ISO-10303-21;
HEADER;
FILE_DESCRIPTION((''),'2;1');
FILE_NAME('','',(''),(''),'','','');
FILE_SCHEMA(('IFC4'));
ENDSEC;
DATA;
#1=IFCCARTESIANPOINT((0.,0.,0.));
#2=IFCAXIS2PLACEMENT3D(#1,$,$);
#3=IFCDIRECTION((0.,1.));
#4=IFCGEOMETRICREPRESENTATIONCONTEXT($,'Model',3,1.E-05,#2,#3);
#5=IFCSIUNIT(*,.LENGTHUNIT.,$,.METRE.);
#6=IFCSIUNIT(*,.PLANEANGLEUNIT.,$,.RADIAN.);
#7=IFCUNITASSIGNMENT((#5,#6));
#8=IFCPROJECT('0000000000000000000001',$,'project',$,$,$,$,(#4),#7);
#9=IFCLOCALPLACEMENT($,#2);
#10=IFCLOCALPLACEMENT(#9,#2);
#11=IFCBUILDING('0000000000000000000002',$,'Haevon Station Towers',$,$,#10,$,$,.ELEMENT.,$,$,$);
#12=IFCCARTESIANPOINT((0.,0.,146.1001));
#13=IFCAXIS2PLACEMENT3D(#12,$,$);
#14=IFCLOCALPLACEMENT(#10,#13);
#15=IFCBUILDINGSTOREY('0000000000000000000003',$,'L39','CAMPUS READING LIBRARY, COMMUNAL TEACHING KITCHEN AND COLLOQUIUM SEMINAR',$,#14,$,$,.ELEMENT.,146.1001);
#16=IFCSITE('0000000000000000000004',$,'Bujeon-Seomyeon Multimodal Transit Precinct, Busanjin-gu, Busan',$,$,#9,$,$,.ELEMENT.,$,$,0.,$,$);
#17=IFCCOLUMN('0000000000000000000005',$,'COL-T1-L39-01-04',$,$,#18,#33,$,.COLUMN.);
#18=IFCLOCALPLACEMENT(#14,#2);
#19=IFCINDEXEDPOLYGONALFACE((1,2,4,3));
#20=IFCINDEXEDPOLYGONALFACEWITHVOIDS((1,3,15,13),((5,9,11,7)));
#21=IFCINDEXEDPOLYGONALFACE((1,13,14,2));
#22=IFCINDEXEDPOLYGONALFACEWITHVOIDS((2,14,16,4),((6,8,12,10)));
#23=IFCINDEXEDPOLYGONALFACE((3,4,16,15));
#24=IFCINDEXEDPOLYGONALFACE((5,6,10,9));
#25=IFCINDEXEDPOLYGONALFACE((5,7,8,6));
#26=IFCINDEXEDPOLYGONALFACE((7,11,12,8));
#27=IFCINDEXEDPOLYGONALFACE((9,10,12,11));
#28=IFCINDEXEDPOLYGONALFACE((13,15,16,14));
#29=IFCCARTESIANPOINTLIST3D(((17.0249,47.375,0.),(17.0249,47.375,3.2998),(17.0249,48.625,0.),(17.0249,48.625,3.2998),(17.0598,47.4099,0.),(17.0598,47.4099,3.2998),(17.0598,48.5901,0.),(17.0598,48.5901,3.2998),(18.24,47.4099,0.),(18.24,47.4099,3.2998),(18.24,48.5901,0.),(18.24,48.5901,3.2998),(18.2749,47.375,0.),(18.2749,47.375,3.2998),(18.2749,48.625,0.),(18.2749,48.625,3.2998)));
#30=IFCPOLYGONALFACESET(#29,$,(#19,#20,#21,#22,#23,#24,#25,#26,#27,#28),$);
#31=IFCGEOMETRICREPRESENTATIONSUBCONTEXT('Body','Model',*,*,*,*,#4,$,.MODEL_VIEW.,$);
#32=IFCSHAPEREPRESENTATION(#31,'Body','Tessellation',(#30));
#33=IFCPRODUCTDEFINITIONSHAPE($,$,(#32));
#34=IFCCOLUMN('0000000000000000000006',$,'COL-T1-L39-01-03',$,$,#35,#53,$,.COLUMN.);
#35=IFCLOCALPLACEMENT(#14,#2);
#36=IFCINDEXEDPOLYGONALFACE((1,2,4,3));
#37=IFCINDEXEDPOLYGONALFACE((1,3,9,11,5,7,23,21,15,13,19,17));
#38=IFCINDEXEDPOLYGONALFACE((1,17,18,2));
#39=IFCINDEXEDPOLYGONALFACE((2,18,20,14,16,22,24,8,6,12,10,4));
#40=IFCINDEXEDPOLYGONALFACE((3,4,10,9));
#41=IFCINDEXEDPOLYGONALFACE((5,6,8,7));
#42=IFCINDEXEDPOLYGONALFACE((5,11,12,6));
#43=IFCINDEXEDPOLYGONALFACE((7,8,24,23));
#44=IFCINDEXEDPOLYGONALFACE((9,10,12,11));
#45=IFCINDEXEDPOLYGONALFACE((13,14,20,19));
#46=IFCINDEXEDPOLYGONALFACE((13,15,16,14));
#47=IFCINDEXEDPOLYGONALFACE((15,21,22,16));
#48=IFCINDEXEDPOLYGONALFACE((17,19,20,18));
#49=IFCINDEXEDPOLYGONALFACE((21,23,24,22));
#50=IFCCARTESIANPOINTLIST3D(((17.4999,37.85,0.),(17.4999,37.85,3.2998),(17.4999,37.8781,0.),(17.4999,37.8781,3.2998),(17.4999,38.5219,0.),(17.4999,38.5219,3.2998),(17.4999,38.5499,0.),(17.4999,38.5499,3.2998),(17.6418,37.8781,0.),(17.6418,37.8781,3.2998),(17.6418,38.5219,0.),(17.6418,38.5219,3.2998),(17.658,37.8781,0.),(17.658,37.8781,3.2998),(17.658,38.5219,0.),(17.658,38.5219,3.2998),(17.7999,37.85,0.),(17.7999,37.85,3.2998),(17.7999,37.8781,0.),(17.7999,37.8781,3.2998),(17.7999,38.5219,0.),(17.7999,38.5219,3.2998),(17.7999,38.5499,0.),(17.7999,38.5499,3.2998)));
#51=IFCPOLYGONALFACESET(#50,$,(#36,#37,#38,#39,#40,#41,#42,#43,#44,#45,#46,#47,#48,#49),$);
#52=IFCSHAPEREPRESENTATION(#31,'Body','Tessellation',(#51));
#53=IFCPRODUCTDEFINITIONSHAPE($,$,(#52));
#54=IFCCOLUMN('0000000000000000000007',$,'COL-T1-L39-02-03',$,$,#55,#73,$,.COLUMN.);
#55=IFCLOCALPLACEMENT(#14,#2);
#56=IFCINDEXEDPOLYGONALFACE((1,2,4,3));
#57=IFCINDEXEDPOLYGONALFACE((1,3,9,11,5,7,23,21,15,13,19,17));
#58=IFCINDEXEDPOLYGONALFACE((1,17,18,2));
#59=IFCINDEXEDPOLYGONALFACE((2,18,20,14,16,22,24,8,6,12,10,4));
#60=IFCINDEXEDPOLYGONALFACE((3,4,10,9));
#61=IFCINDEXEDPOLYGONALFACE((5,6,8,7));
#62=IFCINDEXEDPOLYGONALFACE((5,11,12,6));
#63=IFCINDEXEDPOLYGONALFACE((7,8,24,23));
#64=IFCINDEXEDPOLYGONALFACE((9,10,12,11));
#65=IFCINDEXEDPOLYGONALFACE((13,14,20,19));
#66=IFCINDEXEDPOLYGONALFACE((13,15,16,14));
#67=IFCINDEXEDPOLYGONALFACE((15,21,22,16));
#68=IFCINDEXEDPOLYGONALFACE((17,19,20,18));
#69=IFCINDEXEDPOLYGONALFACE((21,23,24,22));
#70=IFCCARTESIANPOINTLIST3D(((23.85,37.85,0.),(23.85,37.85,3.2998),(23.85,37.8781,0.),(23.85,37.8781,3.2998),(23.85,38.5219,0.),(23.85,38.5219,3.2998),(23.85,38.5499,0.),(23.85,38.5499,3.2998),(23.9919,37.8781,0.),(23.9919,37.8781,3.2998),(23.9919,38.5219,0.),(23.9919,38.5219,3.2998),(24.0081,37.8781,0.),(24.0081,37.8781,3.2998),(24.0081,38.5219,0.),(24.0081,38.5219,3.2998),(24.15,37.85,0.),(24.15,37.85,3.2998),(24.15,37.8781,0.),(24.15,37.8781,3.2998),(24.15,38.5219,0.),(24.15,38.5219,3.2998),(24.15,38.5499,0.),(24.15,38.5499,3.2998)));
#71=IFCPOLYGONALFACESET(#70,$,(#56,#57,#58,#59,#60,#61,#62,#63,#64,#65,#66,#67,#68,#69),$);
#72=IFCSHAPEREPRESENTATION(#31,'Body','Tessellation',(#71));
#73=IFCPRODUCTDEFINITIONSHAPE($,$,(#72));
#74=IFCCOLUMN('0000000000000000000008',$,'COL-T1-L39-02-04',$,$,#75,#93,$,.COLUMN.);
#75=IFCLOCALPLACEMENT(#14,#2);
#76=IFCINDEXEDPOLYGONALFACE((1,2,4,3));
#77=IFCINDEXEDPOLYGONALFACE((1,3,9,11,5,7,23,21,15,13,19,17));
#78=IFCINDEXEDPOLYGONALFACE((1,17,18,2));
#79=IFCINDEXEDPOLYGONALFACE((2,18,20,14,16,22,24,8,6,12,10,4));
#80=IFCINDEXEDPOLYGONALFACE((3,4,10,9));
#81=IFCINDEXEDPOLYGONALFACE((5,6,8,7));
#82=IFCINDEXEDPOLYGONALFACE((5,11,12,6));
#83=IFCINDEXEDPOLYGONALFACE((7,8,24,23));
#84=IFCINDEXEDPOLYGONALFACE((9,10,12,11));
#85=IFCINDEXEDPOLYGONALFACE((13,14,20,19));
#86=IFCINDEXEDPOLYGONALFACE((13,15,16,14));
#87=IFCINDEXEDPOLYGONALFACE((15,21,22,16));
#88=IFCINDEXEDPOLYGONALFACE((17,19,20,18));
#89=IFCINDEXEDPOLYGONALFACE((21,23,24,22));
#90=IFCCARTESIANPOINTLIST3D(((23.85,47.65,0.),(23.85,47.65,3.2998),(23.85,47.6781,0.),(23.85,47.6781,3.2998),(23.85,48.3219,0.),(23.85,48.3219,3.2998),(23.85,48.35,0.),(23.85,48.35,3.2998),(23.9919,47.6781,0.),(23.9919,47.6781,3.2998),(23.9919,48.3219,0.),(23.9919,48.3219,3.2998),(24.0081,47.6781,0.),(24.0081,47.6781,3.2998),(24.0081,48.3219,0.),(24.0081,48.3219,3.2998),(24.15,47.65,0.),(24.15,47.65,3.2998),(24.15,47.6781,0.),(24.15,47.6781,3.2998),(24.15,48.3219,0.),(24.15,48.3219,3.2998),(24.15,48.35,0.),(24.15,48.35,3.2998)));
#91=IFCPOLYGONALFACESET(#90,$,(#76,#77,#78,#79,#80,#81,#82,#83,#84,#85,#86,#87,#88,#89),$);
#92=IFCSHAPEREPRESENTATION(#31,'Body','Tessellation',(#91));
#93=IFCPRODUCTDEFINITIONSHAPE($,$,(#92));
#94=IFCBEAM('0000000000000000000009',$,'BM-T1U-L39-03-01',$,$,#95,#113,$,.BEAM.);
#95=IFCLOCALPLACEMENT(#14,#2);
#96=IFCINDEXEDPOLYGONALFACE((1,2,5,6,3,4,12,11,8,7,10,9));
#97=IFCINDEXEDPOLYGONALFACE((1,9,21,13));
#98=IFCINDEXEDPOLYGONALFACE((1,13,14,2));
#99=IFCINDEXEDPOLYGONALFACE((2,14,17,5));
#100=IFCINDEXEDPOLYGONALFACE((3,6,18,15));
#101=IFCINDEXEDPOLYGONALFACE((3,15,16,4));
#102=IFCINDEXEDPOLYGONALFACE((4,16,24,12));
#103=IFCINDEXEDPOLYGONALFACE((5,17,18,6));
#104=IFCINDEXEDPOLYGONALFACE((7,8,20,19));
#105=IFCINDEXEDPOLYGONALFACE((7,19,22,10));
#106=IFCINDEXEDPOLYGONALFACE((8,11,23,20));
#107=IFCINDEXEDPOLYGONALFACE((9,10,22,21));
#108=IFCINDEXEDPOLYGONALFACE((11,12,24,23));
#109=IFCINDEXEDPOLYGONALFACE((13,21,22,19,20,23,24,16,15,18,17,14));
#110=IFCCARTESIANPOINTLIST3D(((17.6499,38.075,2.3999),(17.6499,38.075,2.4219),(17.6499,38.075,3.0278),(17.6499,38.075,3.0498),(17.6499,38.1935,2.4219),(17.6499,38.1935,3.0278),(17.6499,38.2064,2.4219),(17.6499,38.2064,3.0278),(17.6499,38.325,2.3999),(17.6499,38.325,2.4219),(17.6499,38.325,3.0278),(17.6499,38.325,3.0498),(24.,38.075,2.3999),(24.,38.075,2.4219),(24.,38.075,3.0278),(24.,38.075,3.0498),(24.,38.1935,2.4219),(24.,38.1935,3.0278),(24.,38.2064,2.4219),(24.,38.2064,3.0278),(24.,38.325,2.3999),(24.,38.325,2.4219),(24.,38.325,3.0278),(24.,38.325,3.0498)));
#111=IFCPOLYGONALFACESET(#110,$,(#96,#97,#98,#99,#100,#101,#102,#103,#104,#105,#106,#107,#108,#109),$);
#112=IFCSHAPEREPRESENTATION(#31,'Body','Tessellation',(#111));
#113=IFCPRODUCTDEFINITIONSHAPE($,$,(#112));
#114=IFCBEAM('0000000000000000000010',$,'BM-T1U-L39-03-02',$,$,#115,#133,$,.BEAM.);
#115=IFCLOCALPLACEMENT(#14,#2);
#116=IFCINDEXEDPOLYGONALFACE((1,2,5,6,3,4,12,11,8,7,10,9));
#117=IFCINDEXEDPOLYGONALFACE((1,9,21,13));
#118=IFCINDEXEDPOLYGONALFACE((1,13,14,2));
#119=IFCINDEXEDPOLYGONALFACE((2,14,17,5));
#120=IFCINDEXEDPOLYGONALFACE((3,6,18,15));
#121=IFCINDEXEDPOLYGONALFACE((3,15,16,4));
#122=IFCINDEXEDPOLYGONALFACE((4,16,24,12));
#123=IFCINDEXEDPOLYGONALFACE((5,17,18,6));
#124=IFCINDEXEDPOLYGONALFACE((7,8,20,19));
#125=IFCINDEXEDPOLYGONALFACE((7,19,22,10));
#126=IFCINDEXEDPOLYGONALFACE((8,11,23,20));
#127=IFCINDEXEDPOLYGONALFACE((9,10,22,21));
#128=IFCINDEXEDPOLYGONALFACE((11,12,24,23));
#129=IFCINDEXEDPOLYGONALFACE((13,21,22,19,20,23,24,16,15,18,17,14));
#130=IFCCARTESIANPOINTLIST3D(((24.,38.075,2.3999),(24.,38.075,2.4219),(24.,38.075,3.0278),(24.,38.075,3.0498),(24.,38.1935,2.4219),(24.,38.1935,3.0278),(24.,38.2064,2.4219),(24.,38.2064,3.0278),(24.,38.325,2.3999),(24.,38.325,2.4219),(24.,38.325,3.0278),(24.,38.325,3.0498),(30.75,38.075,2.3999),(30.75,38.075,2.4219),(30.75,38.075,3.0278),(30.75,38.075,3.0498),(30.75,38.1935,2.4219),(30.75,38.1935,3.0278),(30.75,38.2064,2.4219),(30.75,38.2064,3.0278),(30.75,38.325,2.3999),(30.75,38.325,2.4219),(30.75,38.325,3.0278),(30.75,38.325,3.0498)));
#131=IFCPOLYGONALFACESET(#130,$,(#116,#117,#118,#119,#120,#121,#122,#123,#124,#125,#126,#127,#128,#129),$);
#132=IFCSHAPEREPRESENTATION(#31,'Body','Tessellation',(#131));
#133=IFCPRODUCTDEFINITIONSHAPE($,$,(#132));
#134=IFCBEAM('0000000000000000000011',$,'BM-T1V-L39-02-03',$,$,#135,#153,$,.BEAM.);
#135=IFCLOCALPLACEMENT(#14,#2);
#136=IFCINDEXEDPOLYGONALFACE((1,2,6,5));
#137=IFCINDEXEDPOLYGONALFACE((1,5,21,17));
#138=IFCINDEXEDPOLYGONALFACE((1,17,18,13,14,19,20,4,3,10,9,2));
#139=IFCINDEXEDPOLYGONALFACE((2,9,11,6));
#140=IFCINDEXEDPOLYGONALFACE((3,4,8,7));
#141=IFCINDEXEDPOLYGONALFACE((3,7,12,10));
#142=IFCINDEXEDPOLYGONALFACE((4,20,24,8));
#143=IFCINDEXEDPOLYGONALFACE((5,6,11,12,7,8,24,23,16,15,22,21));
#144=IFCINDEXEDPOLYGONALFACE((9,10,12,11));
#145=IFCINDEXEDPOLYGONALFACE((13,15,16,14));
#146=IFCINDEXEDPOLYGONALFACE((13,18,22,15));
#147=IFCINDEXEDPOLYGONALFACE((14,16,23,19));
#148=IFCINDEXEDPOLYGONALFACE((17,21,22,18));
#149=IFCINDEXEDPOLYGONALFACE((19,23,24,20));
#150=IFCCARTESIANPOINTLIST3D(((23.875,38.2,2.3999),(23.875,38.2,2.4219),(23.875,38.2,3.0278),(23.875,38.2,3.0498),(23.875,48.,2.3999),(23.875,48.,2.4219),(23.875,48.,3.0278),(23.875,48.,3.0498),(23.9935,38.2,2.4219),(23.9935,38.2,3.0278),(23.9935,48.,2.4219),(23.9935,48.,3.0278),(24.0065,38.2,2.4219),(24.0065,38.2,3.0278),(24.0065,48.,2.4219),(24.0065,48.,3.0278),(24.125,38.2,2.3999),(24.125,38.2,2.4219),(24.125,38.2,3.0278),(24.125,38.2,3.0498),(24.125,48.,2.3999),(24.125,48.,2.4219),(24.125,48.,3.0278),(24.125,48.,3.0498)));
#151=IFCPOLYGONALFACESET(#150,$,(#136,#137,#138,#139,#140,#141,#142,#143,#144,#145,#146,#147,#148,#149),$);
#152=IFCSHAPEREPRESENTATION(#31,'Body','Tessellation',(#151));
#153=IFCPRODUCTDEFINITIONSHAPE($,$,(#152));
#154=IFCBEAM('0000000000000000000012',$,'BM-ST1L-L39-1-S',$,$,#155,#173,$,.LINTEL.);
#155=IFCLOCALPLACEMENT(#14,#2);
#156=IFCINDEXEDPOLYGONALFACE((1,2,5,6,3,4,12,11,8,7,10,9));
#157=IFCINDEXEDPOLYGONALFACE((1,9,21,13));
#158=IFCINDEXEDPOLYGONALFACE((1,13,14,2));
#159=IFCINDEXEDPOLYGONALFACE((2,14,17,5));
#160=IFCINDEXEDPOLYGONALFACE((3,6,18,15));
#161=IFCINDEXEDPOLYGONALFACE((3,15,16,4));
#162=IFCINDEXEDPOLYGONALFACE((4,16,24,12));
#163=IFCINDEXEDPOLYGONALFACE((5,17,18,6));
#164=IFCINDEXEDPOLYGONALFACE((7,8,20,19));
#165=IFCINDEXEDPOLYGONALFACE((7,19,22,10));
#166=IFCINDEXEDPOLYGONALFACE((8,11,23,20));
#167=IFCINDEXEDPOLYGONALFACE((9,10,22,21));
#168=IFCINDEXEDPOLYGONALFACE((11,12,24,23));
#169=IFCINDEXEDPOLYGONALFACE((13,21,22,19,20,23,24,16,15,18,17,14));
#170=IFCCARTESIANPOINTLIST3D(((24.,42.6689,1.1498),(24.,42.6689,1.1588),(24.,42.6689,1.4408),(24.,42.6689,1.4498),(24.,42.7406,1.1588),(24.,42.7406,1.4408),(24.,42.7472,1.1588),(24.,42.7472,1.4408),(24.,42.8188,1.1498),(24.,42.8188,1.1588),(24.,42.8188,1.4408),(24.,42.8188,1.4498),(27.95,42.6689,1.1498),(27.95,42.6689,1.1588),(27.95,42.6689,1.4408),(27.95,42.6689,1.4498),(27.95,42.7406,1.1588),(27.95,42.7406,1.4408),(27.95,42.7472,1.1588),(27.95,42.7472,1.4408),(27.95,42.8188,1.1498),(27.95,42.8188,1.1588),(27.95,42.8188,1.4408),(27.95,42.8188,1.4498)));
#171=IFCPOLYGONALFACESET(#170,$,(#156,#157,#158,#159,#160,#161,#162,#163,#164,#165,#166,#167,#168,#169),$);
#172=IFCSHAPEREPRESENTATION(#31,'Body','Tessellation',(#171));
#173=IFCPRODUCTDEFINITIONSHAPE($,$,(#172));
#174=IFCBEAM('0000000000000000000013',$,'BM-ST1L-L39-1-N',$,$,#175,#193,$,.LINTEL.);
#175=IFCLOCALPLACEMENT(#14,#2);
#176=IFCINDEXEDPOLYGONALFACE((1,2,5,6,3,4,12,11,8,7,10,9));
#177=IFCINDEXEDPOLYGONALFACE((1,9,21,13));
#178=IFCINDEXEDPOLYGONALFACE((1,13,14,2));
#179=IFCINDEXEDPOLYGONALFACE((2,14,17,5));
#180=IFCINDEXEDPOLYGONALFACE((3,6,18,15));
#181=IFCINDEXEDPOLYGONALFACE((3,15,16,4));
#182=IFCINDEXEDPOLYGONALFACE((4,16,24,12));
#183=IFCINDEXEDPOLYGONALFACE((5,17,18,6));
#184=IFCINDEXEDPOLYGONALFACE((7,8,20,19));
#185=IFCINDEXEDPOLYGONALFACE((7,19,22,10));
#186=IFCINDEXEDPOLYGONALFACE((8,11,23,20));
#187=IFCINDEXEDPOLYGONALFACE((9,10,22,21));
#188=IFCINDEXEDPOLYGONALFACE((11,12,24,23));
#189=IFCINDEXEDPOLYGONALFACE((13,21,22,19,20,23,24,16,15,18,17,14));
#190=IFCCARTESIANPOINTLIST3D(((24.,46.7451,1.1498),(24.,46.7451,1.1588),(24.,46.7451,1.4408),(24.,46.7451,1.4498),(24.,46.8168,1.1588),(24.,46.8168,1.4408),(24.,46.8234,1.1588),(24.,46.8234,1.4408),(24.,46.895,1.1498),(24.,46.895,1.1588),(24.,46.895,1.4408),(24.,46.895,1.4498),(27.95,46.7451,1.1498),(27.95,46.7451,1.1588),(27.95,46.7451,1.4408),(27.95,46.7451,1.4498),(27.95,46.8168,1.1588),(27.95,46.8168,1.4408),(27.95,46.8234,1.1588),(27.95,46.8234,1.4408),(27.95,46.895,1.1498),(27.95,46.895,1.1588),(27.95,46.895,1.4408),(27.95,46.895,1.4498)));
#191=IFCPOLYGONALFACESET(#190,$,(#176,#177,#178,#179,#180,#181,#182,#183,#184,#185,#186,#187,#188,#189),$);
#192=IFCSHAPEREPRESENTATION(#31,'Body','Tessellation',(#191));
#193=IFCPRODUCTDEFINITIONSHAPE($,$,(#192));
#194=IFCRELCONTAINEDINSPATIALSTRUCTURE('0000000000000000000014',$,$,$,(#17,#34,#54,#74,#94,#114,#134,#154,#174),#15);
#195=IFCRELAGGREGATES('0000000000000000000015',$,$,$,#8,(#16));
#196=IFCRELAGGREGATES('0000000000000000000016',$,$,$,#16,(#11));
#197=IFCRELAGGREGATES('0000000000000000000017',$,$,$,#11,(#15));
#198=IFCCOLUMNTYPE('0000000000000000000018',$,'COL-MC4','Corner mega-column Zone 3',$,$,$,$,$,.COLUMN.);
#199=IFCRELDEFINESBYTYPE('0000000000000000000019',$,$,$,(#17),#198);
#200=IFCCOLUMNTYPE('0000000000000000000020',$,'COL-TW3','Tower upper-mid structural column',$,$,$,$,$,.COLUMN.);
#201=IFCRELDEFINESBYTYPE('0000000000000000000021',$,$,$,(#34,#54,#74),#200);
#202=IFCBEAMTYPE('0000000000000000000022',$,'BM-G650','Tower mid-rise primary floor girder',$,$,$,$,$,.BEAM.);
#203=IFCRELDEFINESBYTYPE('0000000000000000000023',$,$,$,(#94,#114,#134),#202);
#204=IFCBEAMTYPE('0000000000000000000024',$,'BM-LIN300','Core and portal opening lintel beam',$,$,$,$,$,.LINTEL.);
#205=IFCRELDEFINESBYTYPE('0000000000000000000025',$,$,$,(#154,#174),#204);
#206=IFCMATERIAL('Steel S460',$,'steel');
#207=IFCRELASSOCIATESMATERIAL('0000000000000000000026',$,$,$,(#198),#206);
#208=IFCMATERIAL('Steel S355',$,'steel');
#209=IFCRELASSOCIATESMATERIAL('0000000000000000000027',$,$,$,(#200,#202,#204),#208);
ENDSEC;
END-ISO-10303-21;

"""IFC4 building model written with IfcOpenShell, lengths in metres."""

from ifc_helpers import new_model, si_unit, direction, frame, origin, origin_2d, place, context, subcontext, project, spatial, hollow_rectangle, i_section, extrude, material, material_profile, profile_set, type_object, element, save


model = new_model("IFC4")

# Units and contexts
model_context = context("Model", 3, precision=1e-05, world=origin(), true_north=direction((0.0, 1.0)))
body_context = subcontext(model_context, "Body", "Model", "MODEL_VIEW")
ifc_project = project(units=[si_unit("LENGTHUNIT", "METRE"), si_unit("PLANEANGLEUNIT", "RADIAN")], contexts=[model_context])

# Site, building, storey
site_placement = place(None, origin())
site = spatial("IfcSite", under=ifc_project, at=site_placement, Name="Bujeon-Seomyeon Multimodal Transit Precinct, Busanjin-gu, Busan", CompositionType="ELEMENT", RefElevation=0.0)
building_placement = place(site_placement, origin())
building = spatial("IfcBuilding", under=site, at=building_placement, Name="Haevon Station Towers", CompositionType="ELEMENT")
storey_placement = place(building_placement, frame((0.0, 0.0, 146.1001)))
storey = spatial("IfcBuildingStorey", under=building, at=storey_placement, Name="L39", Description="CAMPUS READING LIBRARY, COMMUNAL TEACHING KITCHEN AND COLLOQUIUM SEMINAR", CompositionType="ELEMENT", Elevation=146.1001)

# Columns
ifc_material_1 = material(Name="Steel S460", Category="steel")
ifc_material_profile_1 = material_profile(ifc_material_1, hollow_rectangle(XDim=1.25, YDim=1.25, WallThickness=0.0349, at=origin_2d()), Name="BOX-1250x1250x35")
ifc_profile_set_1 = profile_set([ifc_material_profile_1], Name="Steel S460")
column_type_1 = type_object("IfcColumnType", Name="COL-MC4", Description="Corner mega-column Zone 3", PredefinedType="COLUMN", material=ifc_profile_set_1)
column_placement = place(storey_placement, frame((17.6499, 48.0, 0.0), z_axis=(0.0, 0.0, 1.0), x_axis=(1.0, 0.0, 0.0)))
element("IfcColumn", 1, at=column_placement, inside=storey, type_object=column_type_1, Name="COL-T1-L39-01-04", PredefinedType="COLUMN", context=body_context, shape_type="SweptSolid", body=[
    extrude(hollow_rectangle(XDim=1.25, YDim=1.25, WallThickness=0.0349, at=origin_2d()), origin(), (0.0, 0.0, 1.0), 3.2998),
])
ifc_material_2 = material(Name="Steel S355", Category="steel")
ifc_material_profile_2 = material_profile(ifc_material_2, i_section(OverallWidth=0.3, OverallDepth=0.7, WebThickness=0.0161, FlangeThickness=0.0281, at=origin_2d()), Name="H-700x300x16x28")
ifc_profile_set_2 = profile_set([ifc_material_profile_2], Name="Steel S355")
column_type_2 = type_object("IfcColumnType", Name="COL-TW3", Description="Tower upper-mid structural column", PredefinedType="COLUMN", material=ifc_profile_set_2)
for number, where, z_axis, x_axis, name in (
    (2, (17.6499, 38.2, 0.0), (0.0, 0.0, 1.0), (1.0, 0.0, 0.0), "COL-T1-L39-01-03"),
    (3, (24.0, 38.2, 0.0), (0.0, 0.0, 1.0), (1.0, 0.0, 0.0), "COL-T1-L39-02-03"),
    (4, (24.0, 48.0, 0.0), (0.0, 0.0, 1.0), (1.0, 0.0, 0.0), "COL-T1-L39-02-04"),
):
    element("IfcColumn", number, at=place(storey_placement, frame(where, z_axis=z_axis, x_axis=x_axis)), inside=storey, type_object=column_type_2, Name=name, PredefinedType="COLUMN", context=body_context, shape_type="SweptSolid", body=[
        extrude(i_section(OverallWidth=0.3, OverallDepth=0.7, WebThickness=0.0161, FlangeThickness=0.0281, at=origin_2d()), origin(), (0.0, 0.0, 1.0), 3.2998),
    ])

# Beams
ifc_material_profile_3 = material_profile(ifc_material_2, i_section(OverallWidth=0.25, OverallDepth=0.6499, WebThickness=0.0129, FlangeThickness=0.022, at=origin_2d()), Name="H-650x250x13x22")
ifc_profile_set_3 = profile_set([ifc_material_profile_3], Name="Steel S355")
beam_type_1 = type_object("IfcBeamType", Name="BM-G650", Description="Tower mid-rise primary floor girder", PredefinedType="BEAM", material=ifc_profile_set_3)
beam_1_placement = place(storey_placement, frame((17.6499, 38.2, 2.7249), z_axis=(1.0, 0.0, 0.0), x_axis=(0.0, 1.0, 0.0)))
element("IfcBeam", 5, at=beam_1_placement, inside=storey, type_object=beam_type_1, Name="BM-T1U-L39-03-01", PredefinedType="BEAM", context=body_context, shape_type="SweptSolid", body=[
    extrude(i_section(OverallWidth=0.25, OverallDepth=0.6499, WebThickness=0.0129, FlangeThickness=0.022, at=origin_2d()), origin(), (0.0, 0.0, 1.0), 6.3501),
])
beam_2_placement = place(storey_placement, frame((24.0, 38.2, 2.7249), z_axis=(1.0, 0.0, 0.0), x_axis=(0.0, 1.0, 0.0)))
element("IfcBeam", 6, at=beam_2_placement, inside=storey, type_object=beam_type_1, Name="BM-T1U-L39-03-02", PredefinedType="BEAM", context=body_context, shape_type="SweptSolid", body=[
    extrude(i_section(OverallWidth=0.25, OverallDepth=0.6499, WebThickness=0.0129, FlangeThickness=0.022, at=origin_2d()), origin(), (0.0, 0.0, 1.0), 6.75),
])
beam_3_placement = place(storey_placement, frame((24.0, 38.2, 2.7249), z_axis=(0.0, 1.0, 0.0), x_axis=(-1.0, 0.0, 0.0)))
element("IfcBeam", 7, at=beam_3_placement, inside=storey, type_object=beam_type_1, Name="BM-T1V-L39-02-03", PredefinedType="BEAM", context=body_context, shape_type="SweptSolid", body=[
    extrude(i_section(OverallWidth=0.25, OverallDepth=0.6499, WebThickness=0.0129, FlangeThickness=0.022, at=origin_2d()), origin(), (0.0, 0.0, 1.0), 9.8),
])
ifc_material_profile_4 = material_profile(ifc_material_2, i_section(OverallWidth=0.1499, OverallDepth=0.3, WebThickness=0.0066, FlangeThickness=0.009, at=origin_2d()), Name="H-300x150x6.5x9")
ifc_profile_set_4 = profile_set([ifc_material_profile_4], Name="Steel S355")
beam_type_2 = type_object("IfcBeamType", Name="BM-LIN300", Description="Core and portal opening lintel beam", PredefinedType="LINTEL", material=ifc_profile_set_4)
for number, where, z_axis, x_axis, name in (
    (8, (24.0, 42.7439, 1.2998), (1.0, 0.0, 0.0), (0.0, 1.0, 0.0), "BM-ST1L-L39-1-S"),
    (9, (24.0, 46.8201, 1.2998), (1.0, 0.0, 0.0), (0.0, 1.0, 0.0), "BM-ST1L-L39-1-N"),
):
    element("IfcBeam", number, at=place(storey_placement, frame(where, z_axis=z_axis, x_axis=x_axis)), inside=storey, type_object=beam_type_2, Name=name, PredefinedType="LINTEL", context=body_context, shape_type="SweptSolid", body=[
        extrude(i_section(OverallWidth=0.1499, OverallDepth=0.3, WebThickness=0.0066, FlangeThickness=0.009, at=origin_2d()), origin(), (0.0, 0.0, 1.0), 3.95),
    ])

save(model, "model.ifc")
